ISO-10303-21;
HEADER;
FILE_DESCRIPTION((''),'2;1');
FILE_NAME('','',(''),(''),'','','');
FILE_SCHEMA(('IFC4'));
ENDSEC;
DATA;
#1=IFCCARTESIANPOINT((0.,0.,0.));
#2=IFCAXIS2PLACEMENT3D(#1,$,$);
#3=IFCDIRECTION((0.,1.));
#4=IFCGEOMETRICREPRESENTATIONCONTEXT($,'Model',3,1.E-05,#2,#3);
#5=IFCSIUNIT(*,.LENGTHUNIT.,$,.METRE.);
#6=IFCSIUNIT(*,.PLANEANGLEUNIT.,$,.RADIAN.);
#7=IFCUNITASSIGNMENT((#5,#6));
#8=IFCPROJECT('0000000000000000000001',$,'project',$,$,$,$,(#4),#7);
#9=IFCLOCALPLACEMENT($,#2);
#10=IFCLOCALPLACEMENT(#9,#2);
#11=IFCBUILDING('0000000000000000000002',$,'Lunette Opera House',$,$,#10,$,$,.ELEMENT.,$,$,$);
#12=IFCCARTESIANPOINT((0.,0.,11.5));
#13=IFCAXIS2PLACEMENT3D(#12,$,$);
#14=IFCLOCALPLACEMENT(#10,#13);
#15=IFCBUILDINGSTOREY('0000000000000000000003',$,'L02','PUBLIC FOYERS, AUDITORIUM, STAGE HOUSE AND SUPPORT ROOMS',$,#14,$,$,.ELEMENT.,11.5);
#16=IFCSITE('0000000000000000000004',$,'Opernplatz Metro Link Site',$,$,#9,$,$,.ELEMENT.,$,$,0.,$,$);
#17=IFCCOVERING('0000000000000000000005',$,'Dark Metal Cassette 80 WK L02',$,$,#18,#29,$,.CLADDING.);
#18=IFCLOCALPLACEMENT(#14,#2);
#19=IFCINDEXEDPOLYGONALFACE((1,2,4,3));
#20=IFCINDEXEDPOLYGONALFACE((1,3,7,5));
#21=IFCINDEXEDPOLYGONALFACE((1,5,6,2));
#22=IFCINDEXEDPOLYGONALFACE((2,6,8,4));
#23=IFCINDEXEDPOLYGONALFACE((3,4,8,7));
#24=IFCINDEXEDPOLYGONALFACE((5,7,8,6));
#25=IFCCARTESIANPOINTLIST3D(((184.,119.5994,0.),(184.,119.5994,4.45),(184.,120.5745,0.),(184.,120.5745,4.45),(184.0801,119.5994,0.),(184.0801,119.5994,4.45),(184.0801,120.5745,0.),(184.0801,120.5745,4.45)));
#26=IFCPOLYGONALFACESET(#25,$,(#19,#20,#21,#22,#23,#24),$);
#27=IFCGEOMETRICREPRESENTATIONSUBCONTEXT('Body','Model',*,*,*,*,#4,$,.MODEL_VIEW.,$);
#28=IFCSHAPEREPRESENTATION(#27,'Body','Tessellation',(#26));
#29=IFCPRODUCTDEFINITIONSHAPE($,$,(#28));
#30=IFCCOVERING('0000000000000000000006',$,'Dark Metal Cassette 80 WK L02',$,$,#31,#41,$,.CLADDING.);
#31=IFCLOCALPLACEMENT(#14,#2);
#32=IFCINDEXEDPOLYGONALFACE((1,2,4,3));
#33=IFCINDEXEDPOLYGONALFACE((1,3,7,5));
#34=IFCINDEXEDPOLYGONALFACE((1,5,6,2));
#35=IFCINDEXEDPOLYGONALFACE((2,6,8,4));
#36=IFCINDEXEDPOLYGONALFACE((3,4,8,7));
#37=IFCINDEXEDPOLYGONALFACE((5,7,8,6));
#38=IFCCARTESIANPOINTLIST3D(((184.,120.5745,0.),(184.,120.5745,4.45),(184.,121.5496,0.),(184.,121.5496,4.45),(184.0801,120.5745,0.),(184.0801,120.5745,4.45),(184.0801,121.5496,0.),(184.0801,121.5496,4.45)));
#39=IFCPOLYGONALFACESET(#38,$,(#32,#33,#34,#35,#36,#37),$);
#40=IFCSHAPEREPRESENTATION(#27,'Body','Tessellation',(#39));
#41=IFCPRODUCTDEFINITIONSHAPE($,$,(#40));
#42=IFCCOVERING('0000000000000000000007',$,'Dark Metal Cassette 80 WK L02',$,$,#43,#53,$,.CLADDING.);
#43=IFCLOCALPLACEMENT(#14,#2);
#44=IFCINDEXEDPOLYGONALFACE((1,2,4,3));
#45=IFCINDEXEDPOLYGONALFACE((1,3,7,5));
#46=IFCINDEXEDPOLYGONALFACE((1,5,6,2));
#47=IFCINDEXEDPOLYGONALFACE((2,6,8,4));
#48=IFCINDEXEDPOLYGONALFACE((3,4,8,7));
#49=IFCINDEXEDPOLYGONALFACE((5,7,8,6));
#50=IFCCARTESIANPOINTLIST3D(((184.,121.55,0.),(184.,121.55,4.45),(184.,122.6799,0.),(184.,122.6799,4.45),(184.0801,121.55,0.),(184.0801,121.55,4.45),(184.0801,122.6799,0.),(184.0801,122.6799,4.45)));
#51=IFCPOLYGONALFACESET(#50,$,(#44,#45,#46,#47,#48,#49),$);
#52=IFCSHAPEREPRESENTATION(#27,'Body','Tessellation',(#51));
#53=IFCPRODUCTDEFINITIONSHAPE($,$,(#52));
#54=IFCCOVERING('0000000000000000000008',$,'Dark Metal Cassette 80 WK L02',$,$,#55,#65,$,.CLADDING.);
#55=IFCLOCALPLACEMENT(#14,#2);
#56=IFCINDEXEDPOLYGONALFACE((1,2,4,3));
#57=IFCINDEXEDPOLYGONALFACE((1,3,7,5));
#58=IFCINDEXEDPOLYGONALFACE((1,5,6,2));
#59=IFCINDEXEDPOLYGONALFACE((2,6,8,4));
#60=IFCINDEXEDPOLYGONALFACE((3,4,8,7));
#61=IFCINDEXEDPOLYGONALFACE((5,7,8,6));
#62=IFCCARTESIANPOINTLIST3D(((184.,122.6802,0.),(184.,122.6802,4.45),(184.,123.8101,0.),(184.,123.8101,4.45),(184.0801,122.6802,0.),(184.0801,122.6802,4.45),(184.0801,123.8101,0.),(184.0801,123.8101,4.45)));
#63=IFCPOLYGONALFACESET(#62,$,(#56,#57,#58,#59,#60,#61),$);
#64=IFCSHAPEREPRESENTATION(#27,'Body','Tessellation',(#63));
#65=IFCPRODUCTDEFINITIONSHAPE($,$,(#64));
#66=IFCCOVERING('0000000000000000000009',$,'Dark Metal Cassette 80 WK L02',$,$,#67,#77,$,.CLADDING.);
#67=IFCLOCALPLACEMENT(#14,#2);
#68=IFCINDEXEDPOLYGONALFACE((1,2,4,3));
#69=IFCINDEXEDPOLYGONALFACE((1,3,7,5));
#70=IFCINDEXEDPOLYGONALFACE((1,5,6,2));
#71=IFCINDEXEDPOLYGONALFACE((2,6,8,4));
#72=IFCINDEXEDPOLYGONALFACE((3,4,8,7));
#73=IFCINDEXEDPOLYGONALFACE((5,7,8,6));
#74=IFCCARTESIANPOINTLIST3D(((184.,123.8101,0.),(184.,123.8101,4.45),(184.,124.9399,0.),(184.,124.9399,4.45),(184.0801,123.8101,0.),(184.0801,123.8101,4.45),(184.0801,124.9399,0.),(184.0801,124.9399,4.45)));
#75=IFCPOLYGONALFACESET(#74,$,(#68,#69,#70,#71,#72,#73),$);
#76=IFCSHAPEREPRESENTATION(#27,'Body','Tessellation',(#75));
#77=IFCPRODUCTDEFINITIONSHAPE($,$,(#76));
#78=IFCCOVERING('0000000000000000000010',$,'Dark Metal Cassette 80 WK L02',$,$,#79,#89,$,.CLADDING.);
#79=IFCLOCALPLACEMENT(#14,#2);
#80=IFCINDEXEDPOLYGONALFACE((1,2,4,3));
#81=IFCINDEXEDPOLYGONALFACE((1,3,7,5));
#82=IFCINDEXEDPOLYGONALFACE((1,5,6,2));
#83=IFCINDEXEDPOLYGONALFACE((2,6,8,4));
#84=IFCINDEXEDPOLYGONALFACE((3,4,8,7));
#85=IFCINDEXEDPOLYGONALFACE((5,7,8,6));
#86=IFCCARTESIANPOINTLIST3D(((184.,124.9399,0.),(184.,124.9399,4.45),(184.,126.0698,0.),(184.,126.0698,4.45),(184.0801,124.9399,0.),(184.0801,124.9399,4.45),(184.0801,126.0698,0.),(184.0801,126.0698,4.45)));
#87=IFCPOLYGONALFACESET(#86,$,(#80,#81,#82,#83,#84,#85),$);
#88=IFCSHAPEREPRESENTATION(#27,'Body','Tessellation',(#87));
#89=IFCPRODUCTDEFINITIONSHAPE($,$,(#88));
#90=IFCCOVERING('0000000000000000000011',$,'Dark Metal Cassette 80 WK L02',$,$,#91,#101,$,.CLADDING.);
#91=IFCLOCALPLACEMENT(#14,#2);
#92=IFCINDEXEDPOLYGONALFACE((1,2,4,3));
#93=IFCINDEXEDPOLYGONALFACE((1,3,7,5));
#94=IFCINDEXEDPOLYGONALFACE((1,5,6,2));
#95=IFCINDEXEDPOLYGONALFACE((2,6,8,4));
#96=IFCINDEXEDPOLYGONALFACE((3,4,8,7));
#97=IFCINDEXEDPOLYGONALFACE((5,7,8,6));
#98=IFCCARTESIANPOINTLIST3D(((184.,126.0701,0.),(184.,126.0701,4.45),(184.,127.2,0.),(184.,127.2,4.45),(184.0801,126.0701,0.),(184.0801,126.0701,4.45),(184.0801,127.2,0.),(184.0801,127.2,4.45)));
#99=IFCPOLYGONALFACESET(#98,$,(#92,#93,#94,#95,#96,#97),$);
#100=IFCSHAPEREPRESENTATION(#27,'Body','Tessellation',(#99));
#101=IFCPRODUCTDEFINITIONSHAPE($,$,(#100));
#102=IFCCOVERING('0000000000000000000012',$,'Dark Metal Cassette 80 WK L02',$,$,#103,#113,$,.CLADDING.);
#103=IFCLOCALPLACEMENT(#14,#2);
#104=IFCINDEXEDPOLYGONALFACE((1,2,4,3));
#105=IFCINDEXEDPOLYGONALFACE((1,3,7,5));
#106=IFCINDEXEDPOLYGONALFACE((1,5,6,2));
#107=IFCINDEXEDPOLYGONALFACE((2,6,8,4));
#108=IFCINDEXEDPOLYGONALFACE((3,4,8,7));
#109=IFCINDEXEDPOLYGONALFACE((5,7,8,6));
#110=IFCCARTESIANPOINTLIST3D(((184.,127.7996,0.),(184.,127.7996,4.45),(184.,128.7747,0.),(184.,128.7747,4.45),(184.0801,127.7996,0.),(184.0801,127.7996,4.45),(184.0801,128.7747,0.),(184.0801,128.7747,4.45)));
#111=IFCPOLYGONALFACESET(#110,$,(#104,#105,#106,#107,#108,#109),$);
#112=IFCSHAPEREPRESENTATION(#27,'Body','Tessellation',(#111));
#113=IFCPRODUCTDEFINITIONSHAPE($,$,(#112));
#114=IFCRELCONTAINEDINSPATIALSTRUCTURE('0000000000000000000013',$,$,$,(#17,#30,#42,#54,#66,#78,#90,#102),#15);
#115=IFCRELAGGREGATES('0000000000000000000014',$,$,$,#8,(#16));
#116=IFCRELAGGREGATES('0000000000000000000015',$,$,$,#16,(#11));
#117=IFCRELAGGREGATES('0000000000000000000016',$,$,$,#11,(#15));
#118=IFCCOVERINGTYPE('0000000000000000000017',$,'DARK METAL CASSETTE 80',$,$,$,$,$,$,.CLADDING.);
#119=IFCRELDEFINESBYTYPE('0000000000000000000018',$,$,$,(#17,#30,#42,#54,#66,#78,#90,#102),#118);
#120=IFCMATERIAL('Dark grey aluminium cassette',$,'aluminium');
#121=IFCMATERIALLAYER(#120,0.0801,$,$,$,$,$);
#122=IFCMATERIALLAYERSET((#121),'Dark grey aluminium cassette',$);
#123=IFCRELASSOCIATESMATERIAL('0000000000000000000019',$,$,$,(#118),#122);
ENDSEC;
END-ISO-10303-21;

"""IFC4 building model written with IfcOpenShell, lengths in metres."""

from ifc_helpers import new_model, si_unit, direction, frame, origin, origin_2d, place, context, subcontext, project, spatial, rectangle, extrude, material, layer, layer_set, type_object, element, save


model = new_model("IFC4")

# Units and contexts
model_context = context("Model", 3, precision=1e-05, world=origin(), true_north=direction((0.0, 1.0)))
body_context = subcontext(model_context, "Body", "Model", "MODEL_VIEW")
ifc_project = project(units=[si_unit("LENGTHUNIT", "METRE"), si_unit("PLANEANGLEUNIT", "RADIAN")], contexts=[model_context])

# Site, building, storey
site_placement = place(None, origin())
site = spatial("IfcSite", under=ifc_project, at=site_placement, Name="Opernplatz Metro Link Site", CompositionType="ELEMENT", RefElevation=0.0)
building_placement = place(site_placement, origin())
building = spatial("IfcBuilding", under=site, at=building_placement, Name="Lunette Opera House", CompositionType="ELEMENT")
storey_placement = place(building_placement, frame((0.0, 0.0, 11.5)))
storey = spatial("IfcBuildingStorey", under=building, at=storey_placement, Name="L02", Description="PUBLIC FOYERS, AUDITORIUM, STAGE HOUSE AND SUPPORT ROOMS", CompositionType="ELEMENT", Elevation=11.5)

# Coverings
ifc_material_1 = material(Name="Dark grey aluminium cassette", Category="aluminium")
ifc_layer_1 = layer(ifc_material_1, 0.0801)
ifc_layer_set_1 = layer_set([ifc_layer_1], Name="Dark grey aluminium cassette")
covering_type = type_object("IfcCoveringType", Name="DARK METAL CASSETTE 80", PredefinedType="CLADDING", material=ifc_layer_set_1)
for number, where, z_axis, x_axis, name in (
    (1, (184.04, 120.0869, 0.0), (0.0, 0.0, 1.0), (0.0, 1.0, 0.0), "Dark Metal Cassette 80 WK L02"),
    (2, (184.04, 121.062, 0.0), (0.0, 0.0, 1.0), (0.0, 1.0, 0.0), "Dark Metal Cassette 80 WK L02"),
):
    element("IfcCovering", number, at=place(storey_placement, frame(where, z_axis=z_axis, x_axis=x_axis)), inside=storey, type_object=covering_type, Name=name, PredefinedType="CLADDING", context=body_context, shape_type="SweptSolid", body=[
        extrude(rectangle(XDim=0.9751, YDim=0.0801, at=origin_2d()), origin(), (0.0, 0.0, 1.0), 4.45),
    ])
for number, where, z_axis, x_axis, name in (
    (3, (184.04, 122.115, 0.0), (0.0, 0.0, 1.0), (0.0, 1.0, 0.0), "Dark Metal Cassette 80 WK L02"),
    (4, (184.04, 123.2451, 0.0), (0.0, 0.0, 1.0), (0.0, 1.0, 0.0), "Dark Metal Cassette 80 WK L02"),
    (5, (184.04, 124.375, 0.0), (0.0, 0.0, 1.0), (0.0, 1.0, 0.0), "Dark Metal Cassette 80 WK L02"),
    (6, (184.04, 125.5049, 0.0), (0.0, 0.0, 1.0), (0.0, 1.0, 0.0), "Dark Metal Cassette 80 WK L02"),
    (7, (184.04, 126.635, 0.0), (0.0, 0.0, 1.0), (0.0, 1.0, 0.0), "Dark Metal Cassette 80 WK L02"),
):
    element("IfcCovering", number, at=place(storey_placement, frame(where, z_axis=z_axis, x_axis=x_axis)), inside=storey, type_object=covering_type, Name=name, PredefinedType="CLADDING", context=body_context, shape_type="SweptSolid", body=[
        extrude(rectangle(XDim=1.1299, YDim=0.0801, at=origin_2d()), origin(), (0.0, 0.0, 1.0), 4.45),
    ])
covering_placement = place(storey_placement, frame((184.04, 128.2871, 0.0), z_axis=(0.0, 0.0, 1.0), x_axis=(0.0, 1.0, 0.0)))
element("IfcCovering", 8, at=covering_placement, inside=storey, type_object=covering_type, Name="Dark Metal Cassette 80 WK L02", PredefinedType="CLADDING", context=body_context, shape_type="SweptSolid", body=[
    extrude(rectangle(XDim=0.9751, YDim=0.0801, at=origin_2d()), origin(), (0.0, 0.0, 1.0), 4.45),
])

save(model, "model.ifc")
